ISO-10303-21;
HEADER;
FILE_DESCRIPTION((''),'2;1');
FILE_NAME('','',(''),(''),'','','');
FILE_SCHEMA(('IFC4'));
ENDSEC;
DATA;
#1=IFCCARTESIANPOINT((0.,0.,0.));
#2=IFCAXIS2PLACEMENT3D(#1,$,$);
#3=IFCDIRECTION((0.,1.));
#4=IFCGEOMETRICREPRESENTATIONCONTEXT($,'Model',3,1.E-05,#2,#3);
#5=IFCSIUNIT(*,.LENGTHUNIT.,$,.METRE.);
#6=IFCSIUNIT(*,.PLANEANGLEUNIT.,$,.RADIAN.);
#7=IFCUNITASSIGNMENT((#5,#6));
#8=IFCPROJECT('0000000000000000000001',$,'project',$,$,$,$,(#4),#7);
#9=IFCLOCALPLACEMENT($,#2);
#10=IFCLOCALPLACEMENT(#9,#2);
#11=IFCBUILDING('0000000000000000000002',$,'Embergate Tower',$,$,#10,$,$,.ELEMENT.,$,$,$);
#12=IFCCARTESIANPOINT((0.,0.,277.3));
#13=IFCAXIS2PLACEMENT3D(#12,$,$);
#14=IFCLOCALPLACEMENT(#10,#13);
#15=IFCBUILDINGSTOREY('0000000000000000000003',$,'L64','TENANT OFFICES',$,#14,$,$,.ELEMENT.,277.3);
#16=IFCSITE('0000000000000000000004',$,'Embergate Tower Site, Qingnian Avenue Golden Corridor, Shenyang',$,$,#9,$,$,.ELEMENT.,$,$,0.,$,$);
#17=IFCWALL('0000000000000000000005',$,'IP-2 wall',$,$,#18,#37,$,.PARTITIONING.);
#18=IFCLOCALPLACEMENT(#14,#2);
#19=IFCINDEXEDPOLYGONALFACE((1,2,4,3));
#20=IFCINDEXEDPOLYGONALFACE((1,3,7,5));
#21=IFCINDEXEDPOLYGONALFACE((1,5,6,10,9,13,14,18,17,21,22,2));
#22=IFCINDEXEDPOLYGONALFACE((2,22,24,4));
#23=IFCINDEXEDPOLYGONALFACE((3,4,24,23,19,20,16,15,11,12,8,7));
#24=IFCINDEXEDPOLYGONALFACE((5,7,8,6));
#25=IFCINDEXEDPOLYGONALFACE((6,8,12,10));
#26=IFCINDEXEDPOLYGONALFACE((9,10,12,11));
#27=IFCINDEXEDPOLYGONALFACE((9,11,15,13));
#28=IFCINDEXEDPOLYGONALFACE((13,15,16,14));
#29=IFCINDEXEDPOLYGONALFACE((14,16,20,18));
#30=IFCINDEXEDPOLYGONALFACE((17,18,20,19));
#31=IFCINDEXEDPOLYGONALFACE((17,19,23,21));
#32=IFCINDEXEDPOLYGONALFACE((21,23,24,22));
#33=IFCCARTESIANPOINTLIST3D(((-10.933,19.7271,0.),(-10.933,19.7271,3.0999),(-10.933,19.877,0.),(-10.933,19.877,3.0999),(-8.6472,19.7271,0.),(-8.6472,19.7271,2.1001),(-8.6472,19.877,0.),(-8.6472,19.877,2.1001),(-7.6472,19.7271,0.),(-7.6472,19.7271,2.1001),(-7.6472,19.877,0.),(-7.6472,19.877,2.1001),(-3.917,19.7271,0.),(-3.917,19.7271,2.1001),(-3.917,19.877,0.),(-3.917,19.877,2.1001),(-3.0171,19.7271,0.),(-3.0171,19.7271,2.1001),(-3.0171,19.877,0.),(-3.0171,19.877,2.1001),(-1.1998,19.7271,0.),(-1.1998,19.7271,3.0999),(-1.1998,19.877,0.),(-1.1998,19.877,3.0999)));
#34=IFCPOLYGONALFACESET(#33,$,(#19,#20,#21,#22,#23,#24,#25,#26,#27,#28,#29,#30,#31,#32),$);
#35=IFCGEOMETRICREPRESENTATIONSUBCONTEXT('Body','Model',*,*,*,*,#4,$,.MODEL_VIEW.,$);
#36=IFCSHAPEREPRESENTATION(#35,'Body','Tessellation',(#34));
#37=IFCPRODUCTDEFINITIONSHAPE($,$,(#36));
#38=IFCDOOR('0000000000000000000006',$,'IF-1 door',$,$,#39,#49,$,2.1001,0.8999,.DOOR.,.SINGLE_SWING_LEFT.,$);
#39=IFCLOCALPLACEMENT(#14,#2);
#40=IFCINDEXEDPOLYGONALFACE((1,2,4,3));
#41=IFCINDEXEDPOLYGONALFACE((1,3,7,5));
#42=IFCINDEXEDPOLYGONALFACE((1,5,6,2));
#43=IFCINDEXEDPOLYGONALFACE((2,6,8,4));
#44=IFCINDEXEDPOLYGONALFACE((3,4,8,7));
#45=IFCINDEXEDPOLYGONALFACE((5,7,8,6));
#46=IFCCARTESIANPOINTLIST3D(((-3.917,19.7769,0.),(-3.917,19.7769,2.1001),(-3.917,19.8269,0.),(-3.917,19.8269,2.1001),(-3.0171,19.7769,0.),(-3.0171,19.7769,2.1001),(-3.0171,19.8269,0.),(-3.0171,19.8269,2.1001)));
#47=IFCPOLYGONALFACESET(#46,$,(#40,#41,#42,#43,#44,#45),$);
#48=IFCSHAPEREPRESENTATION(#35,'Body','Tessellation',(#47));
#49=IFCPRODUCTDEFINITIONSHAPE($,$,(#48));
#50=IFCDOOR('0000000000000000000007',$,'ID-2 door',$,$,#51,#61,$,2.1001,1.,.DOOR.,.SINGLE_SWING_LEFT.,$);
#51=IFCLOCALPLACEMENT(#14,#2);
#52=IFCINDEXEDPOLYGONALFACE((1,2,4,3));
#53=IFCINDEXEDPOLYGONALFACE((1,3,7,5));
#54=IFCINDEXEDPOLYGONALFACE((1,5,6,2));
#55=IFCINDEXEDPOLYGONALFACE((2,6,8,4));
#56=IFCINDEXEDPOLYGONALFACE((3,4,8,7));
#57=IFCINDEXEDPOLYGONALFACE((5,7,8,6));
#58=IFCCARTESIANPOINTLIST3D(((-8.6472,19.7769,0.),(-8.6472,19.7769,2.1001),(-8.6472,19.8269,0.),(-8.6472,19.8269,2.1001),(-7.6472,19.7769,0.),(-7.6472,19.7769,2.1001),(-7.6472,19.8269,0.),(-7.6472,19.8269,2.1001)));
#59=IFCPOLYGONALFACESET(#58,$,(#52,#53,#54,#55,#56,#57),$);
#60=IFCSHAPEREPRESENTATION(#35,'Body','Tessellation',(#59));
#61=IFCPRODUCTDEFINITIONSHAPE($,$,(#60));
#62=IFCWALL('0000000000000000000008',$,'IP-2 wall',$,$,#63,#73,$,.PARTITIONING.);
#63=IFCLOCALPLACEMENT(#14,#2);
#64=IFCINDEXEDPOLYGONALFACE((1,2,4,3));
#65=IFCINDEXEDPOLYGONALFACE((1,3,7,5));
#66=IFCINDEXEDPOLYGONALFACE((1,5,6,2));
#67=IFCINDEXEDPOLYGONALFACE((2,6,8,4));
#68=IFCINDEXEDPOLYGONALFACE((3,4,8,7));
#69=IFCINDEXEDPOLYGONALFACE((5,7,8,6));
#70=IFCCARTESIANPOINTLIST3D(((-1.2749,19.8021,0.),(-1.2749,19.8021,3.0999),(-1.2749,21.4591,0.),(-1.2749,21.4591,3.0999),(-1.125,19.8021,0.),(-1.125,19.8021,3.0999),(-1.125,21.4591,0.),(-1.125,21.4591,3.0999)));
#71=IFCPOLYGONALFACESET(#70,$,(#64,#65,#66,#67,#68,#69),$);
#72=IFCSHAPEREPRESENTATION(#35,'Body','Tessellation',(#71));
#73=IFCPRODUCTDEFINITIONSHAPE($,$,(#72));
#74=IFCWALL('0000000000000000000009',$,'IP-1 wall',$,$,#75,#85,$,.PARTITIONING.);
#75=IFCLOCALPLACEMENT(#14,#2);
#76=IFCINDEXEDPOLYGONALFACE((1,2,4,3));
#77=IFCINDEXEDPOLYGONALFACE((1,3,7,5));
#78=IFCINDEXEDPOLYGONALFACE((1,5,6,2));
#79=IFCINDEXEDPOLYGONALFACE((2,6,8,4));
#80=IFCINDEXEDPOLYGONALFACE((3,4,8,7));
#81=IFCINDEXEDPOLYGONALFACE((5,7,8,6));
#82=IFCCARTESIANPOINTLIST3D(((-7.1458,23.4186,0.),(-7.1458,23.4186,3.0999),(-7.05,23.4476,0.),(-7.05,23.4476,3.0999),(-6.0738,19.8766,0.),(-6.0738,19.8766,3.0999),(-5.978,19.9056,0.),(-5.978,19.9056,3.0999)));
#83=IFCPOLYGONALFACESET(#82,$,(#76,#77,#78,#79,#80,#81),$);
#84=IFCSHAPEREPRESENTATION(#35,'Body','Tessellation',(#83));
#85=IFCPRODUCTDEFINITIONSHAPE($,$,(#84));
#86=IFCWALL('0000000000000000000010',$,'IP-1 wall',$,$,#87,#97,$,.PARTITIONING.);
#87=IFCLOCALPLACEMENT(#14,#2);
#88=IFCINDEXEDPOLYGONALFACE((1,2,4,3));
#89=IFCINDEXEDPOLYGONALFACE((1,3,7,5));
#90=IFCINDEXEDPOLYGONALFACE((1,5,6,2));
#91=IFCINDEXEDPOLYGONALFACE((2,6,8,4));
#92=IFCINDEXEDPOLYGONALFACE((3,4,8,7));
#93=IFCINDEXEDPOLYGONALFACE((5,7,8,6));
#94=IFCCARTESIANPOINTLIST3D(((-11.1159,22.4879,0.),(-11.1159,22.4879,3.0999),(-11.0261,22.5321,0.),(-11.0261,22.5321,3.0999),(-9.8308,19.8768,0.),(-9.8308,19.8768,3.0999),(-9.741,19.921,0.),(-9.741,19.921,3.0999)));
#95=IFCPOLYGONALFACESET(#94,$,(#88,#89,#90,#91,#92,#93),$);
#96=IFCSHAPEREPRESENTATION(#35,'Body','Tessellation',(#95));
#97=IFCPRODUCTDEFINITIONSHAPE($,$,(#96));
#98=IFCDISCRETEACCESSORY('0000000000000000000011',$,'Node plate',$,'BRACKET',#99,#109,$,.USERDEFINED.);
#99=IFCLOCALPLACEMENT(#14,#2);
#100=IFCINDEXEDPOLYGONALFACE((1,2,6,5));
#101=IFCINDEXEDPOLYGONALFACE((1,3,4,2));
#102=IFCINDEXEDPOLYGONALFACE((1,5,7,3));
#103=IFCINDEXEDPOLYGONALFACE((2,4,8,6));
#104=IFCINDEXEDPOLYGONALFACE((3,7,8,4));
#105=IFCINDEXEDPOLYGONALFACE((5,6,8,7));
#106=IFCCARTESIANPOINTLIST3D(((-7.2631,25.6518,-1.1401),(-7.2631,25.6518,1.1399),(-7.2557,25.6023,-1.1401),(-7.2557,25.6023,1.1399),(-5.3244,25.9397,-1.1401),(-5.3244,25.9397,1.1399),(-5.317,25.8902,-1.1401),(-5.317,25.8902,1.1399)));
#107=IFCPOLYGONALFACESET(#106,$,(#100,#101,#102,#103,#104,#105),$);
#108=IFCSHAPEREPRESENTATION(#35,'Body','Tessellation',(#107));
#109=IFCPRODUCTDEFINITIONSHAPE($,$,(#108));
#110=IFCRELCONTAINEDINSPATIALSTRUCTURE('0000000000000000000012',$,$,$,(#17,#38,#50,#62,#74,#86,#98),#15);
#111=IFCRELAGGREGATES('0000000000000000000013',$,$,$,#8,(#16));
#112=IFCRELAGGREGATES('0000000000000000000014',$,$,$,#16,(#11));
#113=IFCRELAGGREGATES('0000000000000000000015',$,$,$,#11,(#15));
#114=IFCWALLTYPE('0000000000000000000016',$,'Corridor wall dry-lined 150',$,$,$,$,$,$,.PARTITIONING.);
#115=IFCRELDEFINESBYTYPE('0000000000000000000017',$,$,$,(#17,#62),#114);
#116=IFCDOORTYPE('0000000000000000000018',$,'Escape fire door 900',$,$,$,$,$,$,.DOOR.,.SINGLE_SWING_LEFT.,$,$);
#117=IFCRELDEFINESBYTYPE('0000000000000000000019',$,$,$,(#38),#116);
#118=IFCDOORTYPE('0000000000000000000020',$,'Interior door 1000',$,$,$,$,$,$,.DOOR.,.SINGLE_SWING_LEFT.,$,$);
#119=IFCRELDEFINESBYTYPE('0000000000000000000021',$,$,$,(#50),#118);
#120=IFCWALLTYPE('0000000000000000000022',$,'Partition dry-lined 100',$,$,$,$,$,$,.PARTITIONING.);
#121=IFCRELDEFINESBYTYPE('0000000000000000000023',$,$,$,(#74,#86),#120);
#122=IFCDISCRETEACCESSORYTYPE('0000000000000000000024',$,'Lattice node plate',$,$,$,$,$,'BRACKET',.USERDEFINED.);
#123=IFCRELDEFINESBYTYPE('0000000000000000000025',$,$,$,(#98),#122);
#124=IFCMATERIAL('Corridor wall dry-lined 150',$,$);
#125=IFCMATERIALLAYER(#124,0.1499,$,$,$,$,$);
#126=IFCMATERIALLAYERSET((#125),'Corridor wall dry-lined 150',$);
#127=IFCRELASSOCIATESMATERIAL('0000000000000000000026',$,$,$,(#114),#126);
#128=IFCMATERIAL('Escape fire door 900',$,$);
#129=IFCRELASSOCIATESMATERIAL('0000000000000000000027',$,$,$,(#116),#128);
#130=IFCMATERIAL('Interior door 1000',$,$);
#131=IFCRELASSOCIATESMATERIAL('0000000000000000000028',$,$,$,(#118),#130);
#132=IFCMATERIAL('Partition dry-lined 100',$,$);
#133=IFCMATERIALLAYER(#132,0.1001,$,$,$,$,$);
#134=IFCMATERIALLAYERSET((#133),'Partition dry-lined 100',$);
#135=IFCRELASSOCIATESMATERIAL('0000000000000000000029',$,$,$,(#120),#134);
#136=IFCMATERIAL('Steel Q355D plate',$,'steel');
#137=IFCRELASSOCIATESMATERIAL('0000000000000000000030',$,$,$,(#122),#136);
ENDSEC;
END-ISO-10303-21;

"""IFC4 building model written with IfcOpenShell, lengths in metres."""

from ifc_helpers import new_model, si_unit, direction, frame, frame_2d, origin, origin_2d, place, context, subcontext, project, spatial, rectangle, extrude, source, transform, mapped, material, layer, layer_set, type_object, element, fill, save


model = new_model("IFC4")

# Units and contexts
model_context = context("Model", 3, precision=1e-05, world=origin(), true_north=direction((0.0, 1.0)))
body_context = subcontext(model_context, "Body", "Model", "MODEL_VIEW")
ifc_project = project(units=[si_unit("LENGTHUNIT", "METRE"), si_unit("PLANEANGLEUNIT", "RADIAN")], contexts=[model_context])

# Site, building, storey
site_placement = place(None, origin())
site = spatial("IfcSite", under=ifc_project, at=site_placement, Name="Embergate Tower Site, Qingnian Avenue Golden Corridor, Shenyang", CompositionType="ELEMENT", RefElevation=0.0)
building_placement = place(site_placement, origin())
building = spatial("IfcBuilding", under=site, at=building_placement, Name="Embergate Tower", CompositionType="ELEMENT")
storey_placement = place(building_placement, frame((0.0, 0.0, 277.3)))
storey = spatial("IfcBuildingStorey", under=building, at=storey_placement, Name="L64", Description="TENANT OFFICES", CompositionType="ELEMENT", Elevation=277.3)

# Shared definitions
ifc_material_1 = material(Name="Corridor wall dry-lined 150")
ifc_layer_1 = layer(ifc_material_1, 0.1499)
ifc_layer_set_1 = layer_set([ifc_layer_1], Name="Corridor wall dry-lined 150")
wall_type_1 = type_object("IfcWallType", Name="Corridor wall dry-lined 150", PredefinedType="PARTITIONING", material=ifc_layer_set_1)

# Wall, openings, doors
shared_shape_1 = source(origin(), body_context, "Body", "SweptSolid", [
    extrude(rectangle(XDim=0.8999, YDim=2.1001, at=frame_2d((0.45, 1.05))), frame((0.0, 0.085, 0.0), z_axis=(0.0, -1.0, 0.0), x_axis=(1.0, 0.0, 0.0)), (0.0, 0.0, 1.0), 0.1699),
])
shared_shape_2 = source(origin(), body_context, "Body", "SweptSolid", [
    extrude(rectangle(XDim=1.0, YDim=2.1001, at=frame_2d((0.5, 1.05))), frame((0.0, 0.085, 0.0), z_axis=(0.0, -1.0, 0.0), x_axis=(1.0, 0.0, 0.0)), (0.0, 0.0, 1.0), 0.1699),
])
ifc_material_2 = material(Name="Escape fire door 900")
door_type_1 = type_object("IfcDoorType", Name="Escape fire door 900", OperationType="SINGLE_SWING_LEFT", PredefinedType="DOOR", material=ifc_material_2)
shared_shape_3 = source(origin(), body_context, "Body", "SweptSolid", [
    extrude(rectangle(XDim=0.8999, YDim=2.1001, at=frame_2d((0.45, 1.05))), frame((0.0, 0.0249, 0.0), z_axis=(0.0, -1.0, 0.0), x_axis=(1.0, 0.0, 0.0)), (0.0, 0.0, 1.0), 0.05),
])
ifc_material_3 = material(Name="Interior door 1000")
door_type_2 = type_object("IfcDoorType", Name="Interior door 1000", OperationType="SINGLE_SWING_LEFT", PredefinedType="DOOR", material=ifc_material_3)
shared_shape_4 = source(origin(), body_context, "Body", "SweptSolid", [
    extrude(rectangle(XDim=1.0, YDim=2.1001, at=frame_2d((0.5, 1.05))), frame((0.0, 0.0249, 0.0), z_axis=(0.0, -1.0, 0.0), x_axis=(1.0, 0.0, 0.0)), (0.0, 0.0, 1.0), 0.05),
])
shared_shape_5 = source(origin(), body_context, "Body", "SweptSolid", [
    extrude(rectangle(XDim=9.7332, YDim=0.1499, at=frame_2d((4.8667, 0.0))), origin(), (0.0, 0.0, 1.0), 3.0999),
])
wall_1_placement = place(storey_placement, frame((-10.9331, 19.802, 0.0), z_axis=(0.0, 0.0, 1.0), x_axis=(1.0, 0.0, 0.0)))
wall_1 = element("IfcWall", 1, at=wall_1_placement, inside=storey, type_object=wall_type_1, Name="IP-2 wall", PredefinedType="PARTITIONING", context=body_context, shape_type="MappedRepresentation", body=[
    mapped(shared_shape_5, transform((0.0, 0.0, 0.0))),
])
opening_1_placement = place(wall_1_placement, frame((7.0161, 0.0, 0.0)))
opening_1 = element("IfcOpeningElement", 2, at=opening_1_placement, cuts=wall_1, PredefinedType="OPENING", context=body_context, shape_type="MappedRepresentation", body=[
    mapped(shared_shape_1, transform((0.0, 0.0, 0.0))),
])
opening_2_placement = place(wall_1_placement, frame((2.2859, 0.0, 0.0)))
opening_2 = element("IfcOpeningElement", 3, at=opening_2_placement, cuts=wall_1, PredefinedType="OPENING", context=body_context, shape_type="MappedRepresentation", body=[
    mapped(shared_shape_2, transform((0.0, 0.0, 0.0))),
])
door_1_placement = place(opening_1_placement, origin())
door_1 = element("IfcDoor", 4, at=door_1_placement, inside=storey, type_object=door_type_1, Name="IF-1 door", OperationType="SINGLE_SWING_LEFT", OverallHeight=2.1001, OverallWidth=0.8999, PredefinedType="DOOR", context=body_context, shape_type="MappedRepresentation", body=[
    mapped(shared_shape_3, transform((0.0, 0.0, 0.0))),
])
fill(opening_1, door_1)
door_2_placement = place(opening_2_placement, origin())
door_2 = element("IfcDoor", 5, at=door_2_placement, inside=storey, type_object=door_type_2, Name="ID-2 door", OperationType="SINGLE_SWING_LEFT", OverallHeight=2.1001, OverallWidth=1.0, PredefinedType="DOOR", context=body_context, shape_type="MappedRepresentation", body=[
    mapped(shared_shape_4, transform((0.0, 0.0, 0.0))),
])
fill(opening_2, door_2)

# Walls
shared_shape_6 = source(origin(), body_context, "Body", "SweptSolid", [
    extrude(rectangle(XDim=1.657, YDim=0.1499, at=frame_2d((0.8286, 0.0))), origin(), (0.0, 0.0, 1.0), 3.0999),
])
wall_2_placement = place(storey_placement, frame((-1.2, 19.802, 0.0), z_axis=(0.0, 0.0, 1.0), x_axis=(0.0, 1.0, 0.0)))
element("IfcWall", 6, at=wall_2_placement, inside=storey, type_object=wall_type_1, Name="IP-2 wall", PredefinedType="PARTITIONING", context=body_context, shape_type="MappedRepresentation", body=[
    mapped(shared_shape_6, transform((0.0, 0.0, 0.0))),
])
ifc_material_4 = material(Name="Partition dry-lined 100")
ifc_layer_2 = layer(ifc_material_4, 0.1001)
ifc_layer_set_2 = layer_set([ifc_layer_2], Name="Partition dry-lined 100")
wall_type_2 = type_object("IfcWallType", Name="Partition dry-lined 100", PredefinedType="PARTITIONING", material=ifc_layer_set_2)
shared_shape_7 = source(origin(), body_context, "Body", "SweptSolid", [
    extrude(rectangle(XDim=3.7007, YDim=0.1001, at=frame_2d((1.8503, 0.0))), origin(), (0.0, 0.0, 1.0), 3.0999),
])
wall_3_placement = place(storey_placement, frame((-6.0259, 19.8911, 0.0), z_axis=(0.0, 0.0, 1.0), x_axis=(-0.289683, 0.957123, 0.0)))
element("IfcWall", 7, at=wall_3_placement, inside=storey, type_object=wall_type_2, Name="IP-1 wall", PredefinedType="PARTITIONING", context=body_context, shape_type="MappedRepresentation", body=[
    mapped(shared_shape_7, transform((0.0, 0.0, 0.0))),
])
shared_shape_8 = source(origin(), body_context, "Body", "SweptSolid", [
    extrude(rectangle(XDim=2.9102, YDim=0.1001, at=frame_2d((1.4551, 0.0))), origin(), (0.0, 0.0, 1.0), 3.0999),
])
wall_4_placement = place(storey_placement, frame((-9.7859, 19.8989, 0.0), z_axis=(0.0, 0.0, 1.0), x_axis=(-0.441601, 0.897212, 0.0)))
element("IfcWall", 8, at=wall_4_placement, inside=storey, type_object=wall_type_2, Name="IP-1 wall", PredefinedType="PARTITIONING", context=body_context, shape_type="MappedRepresentation", body=[
    mapped(shared_shape_8, transform((0.0, 0.0, 0.0))),
])

# Discrete accessory
ifc_material_5 = material(Name="Steel Q355D plate", Category="steel")
discrete_accessory_type = type_object("IfcDiscreteAccessoryType", Name="Lattice node plate", ElementType="BRACKET", PredefinedType="USERDEFINED", material=ifc_material_5)
shared_shape_9 = source(origin(), body_context, "Body", "SweptSolid", [
    extrude(rectangle(XDim=1.96, YDim=0.05, at=origin_2d()), origin(), (0.0, 0.0, 1.0), 2.28),
])
discrete_accessory_placement = place(storey_placement, frame((-6.29, 25.771, -1.1401), z_axis=(0.0, 0.0, 1.0), x_axis=(-0.989147, -0.146929, 0.0)))
element("IfcDiscreteAccessory", 9, at=discrete_accessory_placement, inside=storey, type_object=discrete_accessory_type, Name="Node plate", ObjectType="BRACKET", PredefinedType="USERDEFINED", context=body_context, shape_type="MappedRepresentation", body=[
    mapped(shared_shape_9, transform((0.0, 0.0, 0.0))),
])

save(model, "model.ifc")
